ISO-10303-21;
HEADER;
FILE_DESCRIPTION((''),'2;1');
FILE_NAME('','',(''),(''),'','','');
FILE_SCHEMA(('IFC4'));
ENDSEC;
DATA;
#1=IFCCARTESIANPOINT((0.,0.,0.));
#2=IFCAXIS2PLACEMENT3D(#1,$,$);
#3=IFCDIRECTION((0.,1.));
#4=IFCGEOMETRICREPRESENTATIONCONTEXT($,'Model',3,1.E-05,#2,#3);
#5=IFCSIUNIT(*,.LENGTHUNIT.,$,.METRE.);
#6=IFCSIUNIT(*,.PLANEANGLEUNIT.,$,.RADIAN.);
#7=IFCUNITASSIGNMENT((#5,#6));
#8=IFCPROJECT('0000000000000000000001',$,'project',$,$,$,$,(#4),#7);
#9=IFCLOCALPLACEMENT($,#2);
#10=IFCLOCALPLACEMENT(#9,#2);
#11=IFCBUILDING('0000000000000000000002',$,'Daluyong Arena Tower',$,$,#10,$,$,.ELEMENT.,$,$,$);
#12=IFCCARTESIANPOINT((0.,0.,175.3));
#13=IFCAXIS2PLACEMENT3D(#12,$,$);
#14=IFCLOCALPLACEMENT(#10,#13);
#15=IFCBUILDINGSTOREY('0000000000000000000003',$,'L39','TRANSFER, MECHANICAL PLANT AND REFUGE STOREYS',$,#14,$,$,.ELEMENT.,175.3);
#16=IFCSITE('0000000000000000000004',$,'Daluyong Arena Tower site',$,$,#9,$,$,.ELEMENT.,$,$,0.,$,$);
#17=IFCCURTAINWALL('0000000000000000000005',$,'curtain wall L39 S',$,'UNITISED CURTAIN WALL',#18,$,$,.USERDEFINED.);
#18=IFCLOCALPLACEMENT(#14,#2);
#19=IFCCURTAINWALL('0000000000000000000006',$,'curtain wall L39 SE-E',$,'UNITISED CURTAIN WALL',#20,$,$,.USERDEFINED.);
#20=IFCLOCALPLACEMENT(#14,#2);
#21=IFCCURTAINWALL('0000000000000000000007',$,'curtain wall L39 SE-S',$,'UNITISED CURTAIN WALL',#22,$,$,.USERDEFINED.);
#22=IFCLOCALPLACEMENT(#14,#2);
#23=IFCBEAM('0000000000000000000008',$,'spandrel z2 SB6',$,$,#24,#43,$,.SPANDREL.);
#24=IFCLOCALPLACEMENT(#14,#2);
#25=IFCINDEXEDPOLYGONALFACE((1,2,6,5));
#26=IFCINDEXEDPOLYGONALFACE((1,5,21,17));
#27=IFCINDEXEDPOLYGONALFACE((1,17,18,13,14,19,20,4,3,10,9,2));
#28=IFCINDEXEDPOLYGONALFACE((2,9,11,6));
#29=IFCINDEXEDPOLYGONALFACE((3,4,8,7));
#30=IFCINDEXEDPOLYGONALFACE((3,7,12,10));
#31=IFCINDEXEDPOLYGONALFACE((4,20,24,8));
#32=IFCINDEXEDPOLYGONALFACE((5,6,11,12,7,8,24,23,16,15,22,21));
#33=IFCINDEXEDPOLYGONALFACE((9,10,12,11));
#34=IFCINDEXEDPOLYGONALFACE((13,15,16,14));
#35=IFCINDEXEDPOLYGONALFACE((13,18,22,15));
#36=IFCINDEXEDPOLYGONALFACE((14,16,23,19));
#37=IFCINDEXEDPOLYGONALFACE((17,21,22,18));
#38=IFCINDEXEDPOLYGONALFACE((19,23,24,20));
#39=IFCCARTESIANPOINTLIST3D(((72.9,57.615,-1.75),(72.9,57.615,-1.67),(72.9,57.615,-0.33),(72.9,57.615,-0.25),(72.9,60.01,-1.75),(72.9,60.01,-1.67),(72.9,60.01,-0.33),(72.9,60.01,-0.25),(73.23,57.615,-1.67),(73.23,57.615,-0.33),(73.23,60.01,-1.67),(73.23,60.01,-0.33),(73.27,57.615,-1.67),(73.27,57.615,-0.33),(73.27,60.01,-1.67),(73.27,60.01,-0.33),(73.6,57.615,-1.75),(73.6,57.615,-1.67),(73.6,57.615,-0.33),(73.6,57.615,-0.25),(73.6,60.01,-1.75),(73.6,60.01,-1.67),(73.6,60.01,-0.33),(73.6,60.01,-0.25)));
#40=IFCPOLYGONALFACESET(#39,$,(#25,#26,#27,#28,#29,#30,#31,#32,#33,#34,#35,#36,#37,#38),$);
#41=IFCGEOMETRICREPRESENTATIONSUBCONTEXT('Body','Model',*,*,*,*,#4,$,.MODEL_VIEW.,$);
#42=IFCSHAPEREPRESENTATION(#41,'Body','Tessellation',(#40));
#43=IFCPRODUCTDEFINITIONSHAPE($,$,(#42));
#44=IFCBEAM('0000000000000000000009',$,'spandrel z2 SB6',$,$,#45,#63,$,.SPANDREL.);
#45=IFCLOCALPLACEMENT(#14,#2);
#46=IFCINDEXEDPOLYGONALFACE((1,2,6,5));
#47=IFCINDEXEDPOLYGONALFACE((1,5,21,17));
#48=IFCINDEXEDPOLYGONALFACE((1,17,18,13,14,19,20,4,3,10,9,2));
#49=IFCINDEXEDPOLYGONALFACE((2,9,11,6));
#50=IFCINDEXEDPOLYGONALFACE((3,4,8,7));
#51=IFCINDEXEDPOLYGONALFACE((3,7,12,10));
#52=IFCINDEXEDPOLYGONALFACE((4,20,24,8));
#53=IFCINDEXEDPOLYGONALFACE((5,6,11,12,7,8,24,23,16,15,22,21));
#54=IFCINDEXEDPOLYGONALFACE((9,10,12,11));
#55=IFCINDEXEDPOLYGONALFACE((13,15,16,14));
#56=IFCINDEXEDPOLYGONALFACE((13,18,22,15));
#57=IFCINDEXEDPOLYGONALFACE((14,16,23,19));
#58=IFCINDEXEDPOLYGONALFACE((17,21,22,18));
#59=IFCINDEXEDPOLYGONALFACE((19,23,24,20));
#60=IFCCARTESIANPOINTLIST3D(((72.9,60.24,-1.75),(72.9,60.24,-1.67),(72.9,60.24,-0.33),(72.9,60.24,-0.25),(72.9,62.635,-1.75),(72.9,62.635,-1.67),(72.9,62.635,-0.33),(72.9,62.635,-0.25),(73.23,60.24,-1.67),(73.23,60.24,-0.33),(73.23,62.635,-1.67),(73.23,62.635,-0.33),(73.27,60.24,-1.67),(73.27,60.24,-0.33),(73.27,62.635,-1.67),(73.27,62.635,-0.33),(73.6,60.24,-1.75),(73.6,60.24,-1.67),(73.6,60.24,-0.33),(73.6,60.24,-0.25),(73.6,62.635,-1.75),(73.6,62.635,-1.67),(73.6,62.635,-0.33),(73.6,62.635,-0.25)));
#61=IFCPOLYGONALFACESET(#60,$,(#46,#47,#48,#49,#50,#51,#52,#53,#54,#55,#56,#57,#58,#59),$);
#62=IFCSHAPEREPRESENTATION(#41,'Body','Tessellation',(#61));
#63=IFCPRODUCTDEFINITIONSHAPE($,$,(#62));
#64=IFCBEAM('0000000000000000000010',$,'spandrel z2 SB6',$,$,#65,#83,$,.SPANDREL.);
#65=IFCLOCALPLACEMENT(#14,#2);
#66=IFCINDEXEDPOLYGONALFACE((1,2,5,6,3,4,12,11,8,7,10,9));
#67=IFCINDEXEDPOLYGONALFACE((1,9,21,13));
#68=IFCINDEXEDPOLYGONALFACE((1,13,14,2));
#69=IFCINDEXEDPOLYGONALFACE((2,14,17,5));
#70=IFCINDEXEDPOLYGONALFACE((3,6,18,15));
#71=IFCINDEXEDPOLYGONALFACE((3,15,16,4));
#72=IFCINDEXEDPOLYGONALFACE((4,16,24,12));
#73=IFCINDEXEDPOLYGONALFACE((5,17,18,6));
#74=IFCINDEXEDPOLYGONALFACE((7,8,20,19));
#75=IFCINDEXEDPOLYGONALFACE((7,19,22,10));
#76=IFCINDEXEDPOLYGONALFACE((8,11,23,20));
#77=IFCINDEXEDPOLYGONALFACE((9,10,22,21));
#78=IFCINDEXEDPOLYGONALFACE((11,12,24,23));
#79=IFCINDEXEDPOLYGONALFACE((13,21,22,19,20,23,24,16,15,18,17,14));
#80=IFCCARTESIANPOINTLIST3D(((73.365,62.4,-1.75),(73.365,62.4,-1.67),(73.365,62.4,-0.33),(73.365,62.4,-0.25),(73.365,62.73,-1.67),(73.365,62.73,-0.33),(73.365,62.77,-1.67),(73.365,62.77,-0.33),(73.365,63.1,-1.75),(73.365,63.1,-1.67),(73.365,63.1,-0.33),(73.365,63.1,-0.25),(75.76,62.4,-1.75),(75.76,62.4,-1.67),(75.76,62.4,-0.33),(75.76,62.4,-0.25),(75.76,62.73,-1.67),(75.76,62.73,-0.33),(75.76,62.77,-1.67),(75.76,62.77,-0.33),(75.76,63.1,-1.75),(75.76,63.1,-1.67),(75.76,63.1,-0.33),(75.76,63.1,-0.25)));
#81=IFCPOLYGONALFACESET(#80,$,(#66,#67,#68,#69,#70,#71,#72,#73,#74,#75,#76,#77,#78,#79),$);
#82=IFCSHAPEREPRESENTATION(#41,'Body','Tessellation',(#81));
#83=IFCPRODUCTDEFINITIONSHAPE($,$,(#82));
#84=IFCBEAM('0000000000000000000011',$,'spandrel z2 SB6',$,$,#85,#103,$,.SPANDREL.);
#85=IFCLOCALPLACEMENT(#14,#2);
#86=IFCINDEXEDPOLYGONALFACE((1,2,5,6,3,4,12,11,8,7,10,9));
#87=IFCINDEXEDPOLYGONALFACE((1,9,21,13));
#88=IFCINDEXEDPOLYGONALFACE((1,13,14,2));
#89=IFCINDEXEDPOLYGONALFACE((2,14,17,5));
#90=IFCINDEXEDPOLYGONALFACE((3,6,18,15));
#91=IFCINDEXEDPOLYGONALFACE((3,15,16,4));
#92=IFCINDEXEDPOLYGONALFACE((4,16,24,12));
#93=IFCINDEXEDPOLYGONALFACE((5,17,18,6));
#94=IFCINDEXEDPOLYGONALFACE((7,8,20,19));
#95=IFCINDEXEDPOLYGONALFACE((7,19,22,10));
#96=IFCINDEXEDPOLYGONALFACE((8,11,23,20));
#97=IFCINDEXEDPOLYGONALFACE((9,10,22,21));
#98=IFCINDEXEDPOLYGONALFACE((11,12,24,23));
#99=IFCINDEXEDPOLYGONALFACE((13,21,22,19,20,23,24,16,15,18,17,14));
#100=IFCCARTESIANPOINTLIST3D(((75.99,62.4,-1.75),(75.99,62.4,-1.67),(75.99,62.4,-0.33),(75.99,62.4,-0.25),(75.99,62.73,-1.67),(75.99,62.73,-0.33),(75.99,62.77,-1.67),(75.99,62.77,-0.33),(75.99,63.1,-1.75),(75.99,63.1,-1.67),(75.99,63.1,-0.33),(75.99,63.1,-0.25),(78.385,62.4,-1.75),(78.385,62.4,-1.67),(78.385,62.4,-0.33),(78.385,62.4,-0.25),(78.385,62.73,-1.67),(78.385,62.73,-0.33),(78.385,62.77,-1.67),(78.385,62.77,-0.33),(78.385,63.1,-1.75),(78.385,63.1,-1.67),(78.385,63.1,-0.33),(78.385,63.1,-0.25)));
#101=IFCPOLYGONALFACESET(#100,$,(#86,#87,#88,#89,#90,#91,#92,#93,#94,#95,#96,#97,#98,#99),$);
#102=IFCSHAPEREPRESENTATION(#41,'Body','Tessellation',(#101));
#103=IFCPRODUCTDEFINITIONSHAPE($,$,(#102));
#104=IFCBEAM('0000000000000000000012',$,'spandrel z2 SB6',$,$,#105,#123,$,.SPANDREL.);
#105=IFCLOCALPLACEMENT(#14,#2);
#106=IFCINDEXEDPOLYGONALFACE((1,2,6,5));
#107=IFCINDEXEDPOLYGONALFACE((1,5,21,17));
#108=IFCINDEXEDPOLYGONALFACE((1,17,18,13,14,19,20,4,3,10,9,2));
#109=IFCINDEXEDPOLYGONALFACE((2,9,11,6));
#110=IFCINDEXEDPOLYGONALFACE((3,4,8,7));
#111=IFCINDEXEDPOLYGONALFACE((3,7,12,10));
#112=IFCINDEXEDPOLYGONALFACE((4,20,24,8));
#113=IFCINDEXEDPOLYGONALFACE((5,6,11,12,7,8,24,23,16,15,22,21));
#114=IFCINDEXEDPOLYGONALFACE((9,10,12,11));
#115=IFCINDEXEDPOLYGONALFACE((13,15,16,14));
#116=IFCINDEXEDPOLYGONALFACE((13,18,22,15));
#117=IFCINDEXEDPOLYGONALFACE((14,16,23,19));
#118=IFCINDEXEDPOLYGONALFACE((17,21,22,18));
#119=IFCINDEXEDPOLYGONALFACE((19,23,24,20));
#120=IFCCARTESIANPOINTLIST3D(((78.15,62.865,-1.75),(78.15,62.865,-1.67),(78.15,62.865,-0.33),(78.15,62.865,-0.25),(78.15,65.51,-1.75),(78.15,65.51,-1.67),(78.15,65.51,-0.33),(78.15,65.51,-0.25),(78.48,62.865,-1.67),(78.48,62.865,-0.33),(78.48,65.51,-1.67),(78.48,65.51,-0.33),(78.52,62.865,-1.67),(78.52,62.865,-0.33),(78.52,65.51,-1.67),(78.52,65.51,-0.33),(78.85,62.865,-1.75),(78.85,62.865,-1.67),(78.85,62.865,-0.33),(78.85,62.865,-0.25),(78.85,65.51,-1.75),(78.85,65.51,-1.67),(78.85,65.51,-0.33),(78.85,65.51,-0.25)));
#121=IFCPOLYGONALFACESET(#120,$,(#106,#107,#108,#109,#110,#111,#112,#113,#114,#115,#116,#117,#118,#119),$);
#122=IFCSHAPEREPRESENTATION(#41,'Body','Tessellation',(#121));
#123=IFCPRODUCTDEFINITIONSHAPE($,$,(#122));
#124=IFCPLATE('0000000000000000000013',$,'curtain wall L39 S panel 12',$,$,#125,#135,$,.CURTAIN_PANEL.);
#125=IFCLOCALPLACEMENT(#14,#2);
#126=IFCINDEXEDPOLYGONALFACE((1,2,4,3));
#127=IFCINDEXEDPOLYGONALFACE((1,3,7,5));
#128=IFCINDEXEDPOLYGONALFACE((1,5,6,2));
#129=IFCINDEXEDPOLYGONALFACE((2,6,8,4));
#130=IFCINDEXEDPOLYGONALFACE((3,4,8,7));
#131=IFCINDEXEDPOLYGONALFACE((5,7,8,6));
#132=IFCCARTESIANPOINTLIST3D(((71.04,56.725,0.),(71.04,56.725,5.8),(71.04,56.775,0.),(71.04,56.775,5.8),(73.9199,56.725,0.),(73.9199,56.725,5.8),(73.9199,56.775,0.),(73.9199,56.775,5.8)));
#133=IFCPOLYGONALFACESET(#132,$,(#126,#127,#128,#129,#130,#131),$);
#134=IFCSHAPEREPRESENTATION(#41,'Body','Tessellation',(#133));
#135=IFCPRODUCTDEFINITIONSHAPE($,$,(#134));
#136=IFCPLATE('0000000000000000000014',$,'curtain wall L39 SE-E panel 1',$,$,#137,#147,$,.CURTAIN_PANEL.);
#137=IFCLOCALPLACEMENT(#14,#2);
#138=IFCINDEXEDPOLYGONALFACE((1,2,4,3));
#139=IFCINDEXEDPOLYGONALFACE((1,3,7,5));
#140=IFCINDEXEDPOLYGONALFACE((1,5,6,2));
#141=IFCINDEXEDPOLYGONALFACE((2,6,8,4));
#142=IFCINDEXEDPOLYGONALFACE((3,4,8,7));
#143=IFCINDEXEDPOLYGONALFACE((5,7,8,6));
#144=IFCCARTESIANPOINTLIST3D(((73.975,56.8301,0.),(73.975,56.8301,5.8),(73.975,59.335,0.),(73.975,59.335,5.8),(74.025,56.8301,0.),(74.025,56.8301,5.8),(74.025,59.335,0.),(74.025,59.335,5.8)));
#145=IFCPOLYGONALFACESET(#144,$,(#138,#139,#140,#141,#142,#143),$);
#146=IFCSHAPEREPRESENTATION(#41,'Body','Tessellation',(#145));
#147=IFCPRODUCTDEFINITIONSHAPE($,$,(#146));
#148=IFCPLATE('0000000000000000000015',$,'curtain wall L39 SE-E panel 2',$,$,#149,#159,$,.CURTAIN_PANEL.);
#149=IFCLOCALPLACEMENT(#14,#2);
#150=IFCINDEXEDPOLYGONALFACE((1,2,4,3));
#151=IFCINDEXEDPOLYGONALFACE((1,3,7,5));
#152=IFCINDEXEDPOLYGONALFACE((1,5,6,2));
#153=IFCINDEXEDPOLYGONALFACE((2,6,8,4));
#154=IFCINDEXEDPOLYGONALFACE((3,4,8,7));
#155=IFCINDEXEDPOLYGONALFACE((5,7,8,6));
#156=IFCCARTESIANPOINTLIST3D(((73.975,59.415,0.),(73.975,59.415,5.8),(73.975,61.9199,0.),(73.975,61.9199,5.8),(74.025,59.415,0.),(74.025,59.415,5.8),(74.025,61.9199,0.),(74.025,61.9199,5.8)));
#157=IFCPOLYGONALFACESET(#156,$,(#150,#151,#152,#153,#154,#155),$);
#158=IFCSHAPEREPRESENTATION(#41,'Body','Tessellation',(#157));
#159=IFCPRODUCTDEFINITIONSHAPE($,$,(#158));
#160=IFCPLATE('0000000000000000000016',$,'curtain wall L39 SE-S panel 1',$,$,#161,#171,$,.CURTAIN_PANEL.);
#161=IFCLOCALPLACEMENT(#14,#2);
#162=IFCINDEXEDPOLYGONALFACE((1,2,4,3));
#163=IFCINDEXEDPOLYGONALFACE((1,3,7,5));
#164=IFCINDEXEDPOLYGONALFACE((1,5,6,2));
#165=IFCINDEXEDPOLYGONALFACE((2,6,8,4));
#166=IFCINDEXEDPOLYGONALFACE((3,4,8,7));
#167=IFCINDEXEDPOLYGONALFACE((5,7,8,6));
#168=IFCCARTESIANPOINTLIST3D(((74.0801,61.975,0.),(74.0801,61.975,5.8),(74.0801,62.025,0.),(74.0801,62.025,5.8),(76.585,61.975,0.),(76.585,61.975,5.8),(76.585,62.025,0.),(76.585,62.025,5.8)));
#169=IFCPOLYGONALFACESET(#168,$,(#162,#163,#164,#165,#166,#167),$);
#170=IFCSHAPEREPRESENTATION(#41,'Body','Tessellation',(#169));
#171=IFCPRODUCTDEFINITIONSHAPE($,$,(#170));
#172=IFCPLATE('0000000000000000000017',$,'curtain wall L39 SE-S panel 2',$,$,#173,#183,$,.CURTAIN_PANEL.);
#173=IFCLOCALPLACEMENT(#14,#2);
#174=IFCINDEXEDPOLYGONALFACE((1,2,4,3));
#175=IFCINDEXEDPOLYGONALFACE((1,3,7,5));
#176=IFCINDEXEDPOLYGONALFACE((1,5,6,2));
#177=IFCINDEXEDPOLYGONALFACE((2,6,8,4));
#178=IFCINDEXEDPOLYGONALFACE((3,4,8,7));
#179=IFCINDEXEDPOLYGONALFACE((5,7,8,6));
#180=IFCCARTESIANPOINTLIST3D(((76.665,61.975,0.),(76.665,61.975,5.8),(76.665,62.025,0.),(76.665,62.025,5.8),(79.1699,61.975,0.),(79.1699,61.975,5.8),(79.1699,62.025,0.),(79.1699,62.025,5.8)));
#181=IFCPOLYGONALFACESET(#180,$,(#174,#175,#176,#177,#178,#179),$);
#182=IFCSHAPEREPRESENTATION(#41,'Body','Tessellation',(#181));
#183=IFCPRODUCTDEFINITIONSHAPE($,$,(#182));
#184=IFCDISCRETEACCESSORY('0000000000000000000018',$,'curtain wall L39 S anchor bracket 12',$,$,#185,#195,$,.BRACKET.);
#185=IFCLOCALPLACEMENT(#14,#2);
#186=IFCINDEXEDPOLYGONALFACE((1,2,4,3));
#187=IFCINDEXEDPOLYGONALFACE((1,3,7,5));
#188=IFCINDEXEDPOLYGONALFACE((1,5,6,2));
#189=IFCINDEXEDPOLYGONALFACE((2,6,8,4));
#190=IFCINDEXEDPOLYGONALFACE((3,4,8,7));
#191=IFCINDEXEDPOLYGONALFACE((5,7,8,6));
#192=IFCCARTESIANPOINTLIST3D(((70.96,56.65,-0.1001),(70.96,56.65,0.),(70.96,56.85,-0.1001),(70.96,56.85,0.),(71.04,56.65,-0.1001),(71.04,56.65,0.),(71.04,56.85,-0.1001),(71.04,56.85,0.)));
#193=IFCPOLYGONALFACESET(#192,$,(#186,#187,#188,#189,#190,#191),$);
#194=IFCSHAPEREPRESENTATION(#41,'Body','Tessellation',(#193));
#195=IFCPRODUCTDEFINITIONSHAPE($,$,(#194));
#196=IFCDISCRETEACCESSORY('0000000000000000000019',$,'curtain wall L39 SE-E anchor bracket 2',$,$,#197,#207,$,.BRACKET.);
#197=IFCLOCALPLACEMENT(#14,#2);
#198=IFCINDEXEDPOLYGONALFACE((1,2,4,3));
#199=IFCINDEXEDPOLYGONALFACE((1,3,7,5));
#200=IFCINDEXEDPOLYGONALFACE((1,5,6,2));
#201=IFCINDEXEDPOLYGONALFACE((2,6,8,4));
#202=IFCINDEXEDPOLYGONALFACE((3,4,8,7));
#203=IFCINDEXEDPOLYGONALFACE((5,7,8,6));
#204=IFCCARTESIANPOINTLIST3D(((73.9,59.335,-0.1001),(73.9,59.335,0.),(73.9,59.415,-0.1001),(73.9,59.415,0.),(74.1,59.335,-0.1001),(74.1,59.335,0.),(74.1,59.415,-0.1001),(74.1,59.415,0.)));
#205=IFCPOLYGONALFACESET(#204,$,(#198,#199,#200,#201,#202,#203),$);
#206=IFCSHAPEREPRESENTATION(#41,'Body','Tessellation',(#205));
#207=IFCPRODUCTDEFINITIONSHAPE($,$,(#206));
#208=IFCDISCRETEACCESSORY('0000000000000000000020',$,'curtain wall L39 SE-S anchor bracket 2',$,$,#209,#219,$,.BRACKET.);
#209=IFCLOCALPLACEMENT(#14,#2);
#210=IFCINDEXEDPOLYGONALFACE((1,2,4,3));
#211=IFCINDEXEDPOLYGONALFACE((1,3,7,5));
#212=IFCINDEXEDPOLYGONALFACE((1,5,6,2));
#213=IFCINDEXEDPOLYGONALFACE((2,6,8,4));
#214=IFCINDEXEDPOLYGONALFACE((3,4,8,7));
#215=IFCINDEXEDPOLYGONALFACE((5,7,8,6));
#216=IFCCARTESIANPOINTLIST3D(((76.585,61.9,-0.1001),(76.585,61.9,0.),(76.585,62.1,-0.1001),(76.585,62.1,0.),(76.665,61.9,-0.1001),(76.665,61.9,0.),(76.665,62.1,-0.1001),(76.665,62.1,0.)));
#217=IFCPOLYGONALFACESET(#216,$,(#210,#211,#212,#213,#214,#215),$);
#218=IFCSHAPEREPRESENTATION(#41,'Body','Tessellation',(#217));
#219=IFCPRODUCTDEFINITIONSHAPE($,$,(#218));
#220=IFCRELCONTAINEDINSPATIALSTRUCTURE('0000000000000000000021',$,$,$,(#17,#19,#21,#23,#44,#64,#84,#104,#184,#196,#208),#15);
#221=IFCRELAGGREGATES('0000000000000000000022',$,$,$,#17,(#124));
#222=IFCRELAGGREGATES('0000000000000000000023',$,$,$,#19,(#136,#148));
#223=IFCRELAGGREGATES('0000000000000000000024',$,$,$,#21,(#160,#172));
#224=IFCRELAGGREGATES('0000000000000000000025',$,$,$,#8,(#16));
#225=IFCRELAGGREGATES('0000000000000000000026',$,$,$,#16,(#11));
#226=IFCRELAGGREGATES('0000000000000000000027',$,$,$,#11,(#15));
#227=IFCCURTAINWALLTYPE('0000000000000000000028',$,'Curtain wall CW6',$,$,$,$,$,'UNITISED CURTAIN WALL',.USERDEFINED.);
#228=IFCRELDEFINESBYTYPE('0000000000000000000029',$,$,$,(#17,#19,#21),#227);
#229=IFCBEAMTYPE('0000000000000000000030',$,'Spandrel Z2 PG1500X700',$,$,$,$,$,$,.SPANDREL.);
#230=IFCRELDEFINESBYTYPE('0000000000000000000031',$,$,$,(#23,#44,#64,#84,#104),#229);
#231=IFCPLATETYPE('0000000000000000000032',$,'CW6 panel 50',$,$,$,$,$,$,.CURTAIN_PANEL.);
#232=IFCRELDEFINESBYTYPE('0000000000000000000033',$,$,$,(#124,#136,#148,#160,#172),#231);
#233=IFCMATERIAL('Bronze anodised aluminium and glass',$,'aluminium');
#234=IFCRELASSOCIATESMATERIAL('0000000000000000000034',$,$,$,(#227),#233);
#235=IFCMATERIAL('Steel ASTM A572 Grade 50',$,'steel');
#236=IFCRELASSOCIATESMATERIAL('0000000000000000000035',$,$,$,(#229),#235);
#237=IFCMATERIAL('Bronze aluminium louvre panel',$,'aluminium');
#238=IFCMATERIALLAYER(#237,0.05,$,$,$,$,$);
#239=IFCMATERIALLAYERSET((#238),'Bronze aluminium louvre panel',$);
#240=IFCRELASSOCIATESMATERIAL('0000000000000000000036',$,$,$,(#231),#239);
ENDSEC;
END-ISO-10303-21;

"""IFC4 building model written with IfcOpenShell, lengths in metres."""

from ifc_helpers import new_model, si_unit, direction, frame, origin, origin_2d, place, context, subcontext, project, spatial, rectangle, i_section, extrude, material, layer, layer_set, material_profile, profile_set, type_object, element, aggregate, save


model = new_model("IFC4")

# Units and contexts
model_context = context("Model", 3, precision=1e-05, world=origin(), true_north=direction((0.0, 1.0)))
body_context = subcontext(model_context, "Body", "Model", "MODEL_VIEW")
ifc_project = project(units=[si_unit("LENGTHUNIT", "METRE"), si_unit("PLANEANGLEUNIT", "RADIAN")], contexts=[model_context])

# Site, building, storey
site_placement = place(None, origin())
site = spatial("IfcSite", under=ifc_project, at=site_placement, Name="Daluyong Arena Tower site", CompositionType="ELEMENT", RefElevation=0.0)
building_placement = place(site_placement, origin())
building = spatial("IfcBuilding", under=site, at=building_placement, Name="Daluyong Arena Tower", CompositionType="ELEMENT")
storey_placement = place(building_placement, frame((0.0, 0.0, 175.3)))
storey = spatial("IfcBuildingStorey", under=building, at=storey_placement, Name="L39", Description="TRANSFER, MECHANICAL PLANT AND REFUGE STOREYS", CompositionType="ELEMENT", Elevation=175.3)

# Curtain wall
ifc_material_1 = material(Name="Bronze anodised aluminium and glass", Category="aluminium")
curtain_wall_type = type_object("IfcCurtainWallType", Name="Curtain wall CW6", ElementType="UNITISED CURTAIN WALL", PredefinedType="USERDEFINED", material=ifc_material_1)
curtain_wall_1_placement = place(storey_placement, origin())
curtain_wall_1 = element("IfcCurtainWall", 1, at=curtain_wall_1_placement, inside=storey, type_object=curtain_wall_type, Name="curtain wall L39 S", ObjectType="UNITISED CURTAIN WALL", PredefinedType="USERDEFINED")

# Curtain walls
curtain_wall_2_placement = place(storey_placement, origin())
curtain_wall_2 = element("IfcCurtainWall", 2, at=curtain_wall_2_placement, inside=storey, type_object=curtain_wall_type, Name="curtain wall L39 SE-E", ObjectType="UNITISED CURTAIN WALL", PredefinedType="USERDEFINED")
curtain_wall_3_placement = place(storey_placement, origin())
curtain_wall_3 = element("IfcCurtainWall", 3, at=curtain_wall_3_placement, inside=storey, type_object=curtain_wall_type, Name="curtain wall L39 SE-S", ObjectType="UNITISED CURTAIN WALL", PredefinedType="USERDEFINED")

# Beams
ifc_material_2 = material(Name="Steel ASTM A572 Grade 50", Category="steel")
ifc_material_profile_1 = material_profile(ifc_material_2, i_section(OverallWidth=0.7, OverallDepth=1.5, WebThickness=0.04, FlangeThickness=0.08, at=origin_2d()))
ifc_profile_set_1 = profile_set([ifc_material_profile_1], Name="Steel ASTM A572 Grade 50")
beam_type_1 = type_object("IfcBeamType", Name="Spandrel Z2 PG1500X700", PredefinedType="SPANDREL", material=ifc_profile_set_1)
for number, where, z_axis, x_axis, name in (
    (4, (73.25, 57.615, -1.0), (0.0, 1.0, 0.0), (-1.0, 0.0, 0.0), "spandrel z2 SB6"),
    (5, (73.25, 60.24, -1.0), (0.0, 1.0, 0.0), (-1.0, 0.0, 0.0), "spandrel z2 SB6"),
    (6, (73.365, 62.75, -1.0), (1.0, 0.0, 0.0), (0.0, 1.0, 0.0), "spandrel z2 SB6"),
    (7, (75.99, 62.75, -1.0), (1.0, 0.0, 0.0), (0.0, 1.0, 0.0), "spandrel z2 SB6"),
):
    element("IfcBeam", number, at=place(storey_placement, frame(where, z_axis=z_axis, x_axis=x_axis)), inside=storey, type_object=beam_type_1, Name=name, PredefinedType="SPANDREL", context=body_context, shape_type="SweptSolid", body=[
        extrude(i_section(OverallWidth=0.7, OverallDepth=1.5, WebThickness=0.04, FlangeThickness=0.08, at=origin_2d()), origin(), (0.0, 0.0, 1.0), 2.395),
    ])
beam_1_placement = place(storey_placement, frame((78.5, 62.865, -1.0), z_axis=(0.0, 1.0, 0.0), x_axis=(-1.0, 0.0, 0.0)))
element("IfcBeam", 8, at=beam_1_placement, inside=storey, type_object=beam_type_1, Name="spandrel z2 SB6", PredefinedType="SPANDREL", context=body_context, shape_type="SweptSolid", body=[
    extrude(i_section(OverallWidth=0.7, OverallDepth=1.5, WebThickness=0.04, FlangeThickness=0.08, at=origin_2d()), origin(), (0.0, 0.0, 1.0), 2.645),
])

# Plates
ifc_material_3 = material(Name="Bronze aluminium louvre panel", Category="aluminium")
ifc_layer = layer(ifc_material_3, 0.05)
ifc_layer_set = layer_set([ifc_layer], Name="Bronze aluminium louvre panel")
plate_type = type_object("IfcPlateType", Name="CW6 panel 50", PredefinedType="CURTAIN_PANEL", material=ifc_layer_set)
plate_1_placement = place(storey_placement, frame((72.48, 56.75, 0.0), z_axis=(0.0, 0.0, 1.0), x_axis=(1.0, 0.0, 0.0)))
plate_1 = element("IfcPlate", 9, at=plate_1_placement, type_object=plate_type, Name="curtain wall L39 S panel 12", PredefinedType="CURTAIN_PANEL", context=body_context, shape_type="SweptSolid", body=[
    extrude(rectangle(XDim=2.8799, YDim=0.05, at=origin_2d()), origin(), (0.0, 0.0, 1.0), 5.8),
])
aggregate(curtain_wall_1, [plate_1])
plate_2_placement = place(storey_placement, frame((74.0, 58.0825, 0.0), z_axis=(0.0, 0.0, 1.0), x_axis=(0.0, 1.0, 0.0)))
plate_2 = element("IfcPlate", 10, at=plate_2_placement, type_object=plate_type, Name="curtain wall L39 SE-E panel 1", PredefinedType="CURTAIN_PANEL", context=body_context, shape_type="SweptSolid", body=[
    extrude(rectangle(XDim=2.5049, YDim=0.05, at=origin_2d()), origin(), (0.0, 0.0, 1.0), 5.8),
])
plate_3_placement = place(storey_placement, frame((74.0, 60.6675, 0.0), z_axis=(0.0, 0.0, 1.0), x_axis=(0.0, 1.0, 0.0)))
plate_3 = element("IfcPlate", 11, at=plate_3_placement, type_object=plate_type, Name="curtain wall L39 SE-E panel 2", PredefinedType="CURTAIN_PANEL", context=body_context, shape_type="SweptSolid", body=[
    extrude(rectangle(XDim=2.5049, YDim=0.05, at=origin_2d()), origin(), (0.0, 0.0, 1.0), 5.8),
])
aggregate(curtain_wall_2, [plate_2, plate_3])
plate_4_placement = place(storey_placement, frame((75.3325, 62.0, 0.0), z_axis=(0.0, 0.0, 1.0), x_axis=(1.0, 0.0, 0.0)))
plate_4 = element("IfcPlate", 12, at=plate_4_placement, type_object=plate_type, Name="curtain wall L39 SE-S panel 1", PredefinedType="CURTAIN_PANEL", context=body_context, shape_type="SweptSolid", body=[
    extrude(rectangle(XDim=2.5049, YDim=0.05, at=origin_2d()), origin(), (0.0, 0.0, 1.0), 5.8),
])
plate_5_placement = place(storey_placement, frame((77.9175, 62.0, 0.0), z_axis=(0.0, 0.0, 1.0), x_axis=(1.0, 0.0, 0.0)))
plate_5 = element("IfcPlate", 13, at=plate_5_placement, type_object=plate_type, Name="curtain wall L39 SE-S panel 2", PredefinedType="CURTAIN_PANEL", context=body_context, shape_type="SweptSolid", body=[
    extrude(rectangle(XDim=2.5049, YDim=0.05, at=origin_2d()), origin(), (0.0, 0.0, 1.0), 5.8),
])
aggregate(curtain_wall_3, [plate_4, plate_5])

# Discrete accessories
for number, where, z_axis, x_axis, name in (
    (14, (71.0, 56.75, -0.1001), (0.0, 0.0, 1.0), (1.0, 0.0, 0.0), "curtain wall L39 S anchor bracket 12"),
    (15, (74.0, 59.375, -0.1001), (0.0, 0.0, 1.0), (0.0, 1.0, 0.0), "curtain wall L39 SE-E anchor bracket 2"),
    (16, (76.625, 62.0, -0.1001), (0.0, 0.0, 1.0), (1.0, 0.0, 0.0), "curtain wall L39 SE-S anchor bracket 2"),
):
    element("IfcDiscreteAccessory", number, at=place(storey_placement, frame(where, z_axis=z_axis, x_axis=x_axis)), inside=storey, Name=name, PredefinedType="BRACKET", context=body_context, shape_type="SweptSolid", body=[
        extrude(rectangle(XDim=0.0801, YDim=0.2, at=origin_2d()), origin(), (0.0, 0.0, 1.0), 0.1001),
    ])

save(model, "model.ifc")
